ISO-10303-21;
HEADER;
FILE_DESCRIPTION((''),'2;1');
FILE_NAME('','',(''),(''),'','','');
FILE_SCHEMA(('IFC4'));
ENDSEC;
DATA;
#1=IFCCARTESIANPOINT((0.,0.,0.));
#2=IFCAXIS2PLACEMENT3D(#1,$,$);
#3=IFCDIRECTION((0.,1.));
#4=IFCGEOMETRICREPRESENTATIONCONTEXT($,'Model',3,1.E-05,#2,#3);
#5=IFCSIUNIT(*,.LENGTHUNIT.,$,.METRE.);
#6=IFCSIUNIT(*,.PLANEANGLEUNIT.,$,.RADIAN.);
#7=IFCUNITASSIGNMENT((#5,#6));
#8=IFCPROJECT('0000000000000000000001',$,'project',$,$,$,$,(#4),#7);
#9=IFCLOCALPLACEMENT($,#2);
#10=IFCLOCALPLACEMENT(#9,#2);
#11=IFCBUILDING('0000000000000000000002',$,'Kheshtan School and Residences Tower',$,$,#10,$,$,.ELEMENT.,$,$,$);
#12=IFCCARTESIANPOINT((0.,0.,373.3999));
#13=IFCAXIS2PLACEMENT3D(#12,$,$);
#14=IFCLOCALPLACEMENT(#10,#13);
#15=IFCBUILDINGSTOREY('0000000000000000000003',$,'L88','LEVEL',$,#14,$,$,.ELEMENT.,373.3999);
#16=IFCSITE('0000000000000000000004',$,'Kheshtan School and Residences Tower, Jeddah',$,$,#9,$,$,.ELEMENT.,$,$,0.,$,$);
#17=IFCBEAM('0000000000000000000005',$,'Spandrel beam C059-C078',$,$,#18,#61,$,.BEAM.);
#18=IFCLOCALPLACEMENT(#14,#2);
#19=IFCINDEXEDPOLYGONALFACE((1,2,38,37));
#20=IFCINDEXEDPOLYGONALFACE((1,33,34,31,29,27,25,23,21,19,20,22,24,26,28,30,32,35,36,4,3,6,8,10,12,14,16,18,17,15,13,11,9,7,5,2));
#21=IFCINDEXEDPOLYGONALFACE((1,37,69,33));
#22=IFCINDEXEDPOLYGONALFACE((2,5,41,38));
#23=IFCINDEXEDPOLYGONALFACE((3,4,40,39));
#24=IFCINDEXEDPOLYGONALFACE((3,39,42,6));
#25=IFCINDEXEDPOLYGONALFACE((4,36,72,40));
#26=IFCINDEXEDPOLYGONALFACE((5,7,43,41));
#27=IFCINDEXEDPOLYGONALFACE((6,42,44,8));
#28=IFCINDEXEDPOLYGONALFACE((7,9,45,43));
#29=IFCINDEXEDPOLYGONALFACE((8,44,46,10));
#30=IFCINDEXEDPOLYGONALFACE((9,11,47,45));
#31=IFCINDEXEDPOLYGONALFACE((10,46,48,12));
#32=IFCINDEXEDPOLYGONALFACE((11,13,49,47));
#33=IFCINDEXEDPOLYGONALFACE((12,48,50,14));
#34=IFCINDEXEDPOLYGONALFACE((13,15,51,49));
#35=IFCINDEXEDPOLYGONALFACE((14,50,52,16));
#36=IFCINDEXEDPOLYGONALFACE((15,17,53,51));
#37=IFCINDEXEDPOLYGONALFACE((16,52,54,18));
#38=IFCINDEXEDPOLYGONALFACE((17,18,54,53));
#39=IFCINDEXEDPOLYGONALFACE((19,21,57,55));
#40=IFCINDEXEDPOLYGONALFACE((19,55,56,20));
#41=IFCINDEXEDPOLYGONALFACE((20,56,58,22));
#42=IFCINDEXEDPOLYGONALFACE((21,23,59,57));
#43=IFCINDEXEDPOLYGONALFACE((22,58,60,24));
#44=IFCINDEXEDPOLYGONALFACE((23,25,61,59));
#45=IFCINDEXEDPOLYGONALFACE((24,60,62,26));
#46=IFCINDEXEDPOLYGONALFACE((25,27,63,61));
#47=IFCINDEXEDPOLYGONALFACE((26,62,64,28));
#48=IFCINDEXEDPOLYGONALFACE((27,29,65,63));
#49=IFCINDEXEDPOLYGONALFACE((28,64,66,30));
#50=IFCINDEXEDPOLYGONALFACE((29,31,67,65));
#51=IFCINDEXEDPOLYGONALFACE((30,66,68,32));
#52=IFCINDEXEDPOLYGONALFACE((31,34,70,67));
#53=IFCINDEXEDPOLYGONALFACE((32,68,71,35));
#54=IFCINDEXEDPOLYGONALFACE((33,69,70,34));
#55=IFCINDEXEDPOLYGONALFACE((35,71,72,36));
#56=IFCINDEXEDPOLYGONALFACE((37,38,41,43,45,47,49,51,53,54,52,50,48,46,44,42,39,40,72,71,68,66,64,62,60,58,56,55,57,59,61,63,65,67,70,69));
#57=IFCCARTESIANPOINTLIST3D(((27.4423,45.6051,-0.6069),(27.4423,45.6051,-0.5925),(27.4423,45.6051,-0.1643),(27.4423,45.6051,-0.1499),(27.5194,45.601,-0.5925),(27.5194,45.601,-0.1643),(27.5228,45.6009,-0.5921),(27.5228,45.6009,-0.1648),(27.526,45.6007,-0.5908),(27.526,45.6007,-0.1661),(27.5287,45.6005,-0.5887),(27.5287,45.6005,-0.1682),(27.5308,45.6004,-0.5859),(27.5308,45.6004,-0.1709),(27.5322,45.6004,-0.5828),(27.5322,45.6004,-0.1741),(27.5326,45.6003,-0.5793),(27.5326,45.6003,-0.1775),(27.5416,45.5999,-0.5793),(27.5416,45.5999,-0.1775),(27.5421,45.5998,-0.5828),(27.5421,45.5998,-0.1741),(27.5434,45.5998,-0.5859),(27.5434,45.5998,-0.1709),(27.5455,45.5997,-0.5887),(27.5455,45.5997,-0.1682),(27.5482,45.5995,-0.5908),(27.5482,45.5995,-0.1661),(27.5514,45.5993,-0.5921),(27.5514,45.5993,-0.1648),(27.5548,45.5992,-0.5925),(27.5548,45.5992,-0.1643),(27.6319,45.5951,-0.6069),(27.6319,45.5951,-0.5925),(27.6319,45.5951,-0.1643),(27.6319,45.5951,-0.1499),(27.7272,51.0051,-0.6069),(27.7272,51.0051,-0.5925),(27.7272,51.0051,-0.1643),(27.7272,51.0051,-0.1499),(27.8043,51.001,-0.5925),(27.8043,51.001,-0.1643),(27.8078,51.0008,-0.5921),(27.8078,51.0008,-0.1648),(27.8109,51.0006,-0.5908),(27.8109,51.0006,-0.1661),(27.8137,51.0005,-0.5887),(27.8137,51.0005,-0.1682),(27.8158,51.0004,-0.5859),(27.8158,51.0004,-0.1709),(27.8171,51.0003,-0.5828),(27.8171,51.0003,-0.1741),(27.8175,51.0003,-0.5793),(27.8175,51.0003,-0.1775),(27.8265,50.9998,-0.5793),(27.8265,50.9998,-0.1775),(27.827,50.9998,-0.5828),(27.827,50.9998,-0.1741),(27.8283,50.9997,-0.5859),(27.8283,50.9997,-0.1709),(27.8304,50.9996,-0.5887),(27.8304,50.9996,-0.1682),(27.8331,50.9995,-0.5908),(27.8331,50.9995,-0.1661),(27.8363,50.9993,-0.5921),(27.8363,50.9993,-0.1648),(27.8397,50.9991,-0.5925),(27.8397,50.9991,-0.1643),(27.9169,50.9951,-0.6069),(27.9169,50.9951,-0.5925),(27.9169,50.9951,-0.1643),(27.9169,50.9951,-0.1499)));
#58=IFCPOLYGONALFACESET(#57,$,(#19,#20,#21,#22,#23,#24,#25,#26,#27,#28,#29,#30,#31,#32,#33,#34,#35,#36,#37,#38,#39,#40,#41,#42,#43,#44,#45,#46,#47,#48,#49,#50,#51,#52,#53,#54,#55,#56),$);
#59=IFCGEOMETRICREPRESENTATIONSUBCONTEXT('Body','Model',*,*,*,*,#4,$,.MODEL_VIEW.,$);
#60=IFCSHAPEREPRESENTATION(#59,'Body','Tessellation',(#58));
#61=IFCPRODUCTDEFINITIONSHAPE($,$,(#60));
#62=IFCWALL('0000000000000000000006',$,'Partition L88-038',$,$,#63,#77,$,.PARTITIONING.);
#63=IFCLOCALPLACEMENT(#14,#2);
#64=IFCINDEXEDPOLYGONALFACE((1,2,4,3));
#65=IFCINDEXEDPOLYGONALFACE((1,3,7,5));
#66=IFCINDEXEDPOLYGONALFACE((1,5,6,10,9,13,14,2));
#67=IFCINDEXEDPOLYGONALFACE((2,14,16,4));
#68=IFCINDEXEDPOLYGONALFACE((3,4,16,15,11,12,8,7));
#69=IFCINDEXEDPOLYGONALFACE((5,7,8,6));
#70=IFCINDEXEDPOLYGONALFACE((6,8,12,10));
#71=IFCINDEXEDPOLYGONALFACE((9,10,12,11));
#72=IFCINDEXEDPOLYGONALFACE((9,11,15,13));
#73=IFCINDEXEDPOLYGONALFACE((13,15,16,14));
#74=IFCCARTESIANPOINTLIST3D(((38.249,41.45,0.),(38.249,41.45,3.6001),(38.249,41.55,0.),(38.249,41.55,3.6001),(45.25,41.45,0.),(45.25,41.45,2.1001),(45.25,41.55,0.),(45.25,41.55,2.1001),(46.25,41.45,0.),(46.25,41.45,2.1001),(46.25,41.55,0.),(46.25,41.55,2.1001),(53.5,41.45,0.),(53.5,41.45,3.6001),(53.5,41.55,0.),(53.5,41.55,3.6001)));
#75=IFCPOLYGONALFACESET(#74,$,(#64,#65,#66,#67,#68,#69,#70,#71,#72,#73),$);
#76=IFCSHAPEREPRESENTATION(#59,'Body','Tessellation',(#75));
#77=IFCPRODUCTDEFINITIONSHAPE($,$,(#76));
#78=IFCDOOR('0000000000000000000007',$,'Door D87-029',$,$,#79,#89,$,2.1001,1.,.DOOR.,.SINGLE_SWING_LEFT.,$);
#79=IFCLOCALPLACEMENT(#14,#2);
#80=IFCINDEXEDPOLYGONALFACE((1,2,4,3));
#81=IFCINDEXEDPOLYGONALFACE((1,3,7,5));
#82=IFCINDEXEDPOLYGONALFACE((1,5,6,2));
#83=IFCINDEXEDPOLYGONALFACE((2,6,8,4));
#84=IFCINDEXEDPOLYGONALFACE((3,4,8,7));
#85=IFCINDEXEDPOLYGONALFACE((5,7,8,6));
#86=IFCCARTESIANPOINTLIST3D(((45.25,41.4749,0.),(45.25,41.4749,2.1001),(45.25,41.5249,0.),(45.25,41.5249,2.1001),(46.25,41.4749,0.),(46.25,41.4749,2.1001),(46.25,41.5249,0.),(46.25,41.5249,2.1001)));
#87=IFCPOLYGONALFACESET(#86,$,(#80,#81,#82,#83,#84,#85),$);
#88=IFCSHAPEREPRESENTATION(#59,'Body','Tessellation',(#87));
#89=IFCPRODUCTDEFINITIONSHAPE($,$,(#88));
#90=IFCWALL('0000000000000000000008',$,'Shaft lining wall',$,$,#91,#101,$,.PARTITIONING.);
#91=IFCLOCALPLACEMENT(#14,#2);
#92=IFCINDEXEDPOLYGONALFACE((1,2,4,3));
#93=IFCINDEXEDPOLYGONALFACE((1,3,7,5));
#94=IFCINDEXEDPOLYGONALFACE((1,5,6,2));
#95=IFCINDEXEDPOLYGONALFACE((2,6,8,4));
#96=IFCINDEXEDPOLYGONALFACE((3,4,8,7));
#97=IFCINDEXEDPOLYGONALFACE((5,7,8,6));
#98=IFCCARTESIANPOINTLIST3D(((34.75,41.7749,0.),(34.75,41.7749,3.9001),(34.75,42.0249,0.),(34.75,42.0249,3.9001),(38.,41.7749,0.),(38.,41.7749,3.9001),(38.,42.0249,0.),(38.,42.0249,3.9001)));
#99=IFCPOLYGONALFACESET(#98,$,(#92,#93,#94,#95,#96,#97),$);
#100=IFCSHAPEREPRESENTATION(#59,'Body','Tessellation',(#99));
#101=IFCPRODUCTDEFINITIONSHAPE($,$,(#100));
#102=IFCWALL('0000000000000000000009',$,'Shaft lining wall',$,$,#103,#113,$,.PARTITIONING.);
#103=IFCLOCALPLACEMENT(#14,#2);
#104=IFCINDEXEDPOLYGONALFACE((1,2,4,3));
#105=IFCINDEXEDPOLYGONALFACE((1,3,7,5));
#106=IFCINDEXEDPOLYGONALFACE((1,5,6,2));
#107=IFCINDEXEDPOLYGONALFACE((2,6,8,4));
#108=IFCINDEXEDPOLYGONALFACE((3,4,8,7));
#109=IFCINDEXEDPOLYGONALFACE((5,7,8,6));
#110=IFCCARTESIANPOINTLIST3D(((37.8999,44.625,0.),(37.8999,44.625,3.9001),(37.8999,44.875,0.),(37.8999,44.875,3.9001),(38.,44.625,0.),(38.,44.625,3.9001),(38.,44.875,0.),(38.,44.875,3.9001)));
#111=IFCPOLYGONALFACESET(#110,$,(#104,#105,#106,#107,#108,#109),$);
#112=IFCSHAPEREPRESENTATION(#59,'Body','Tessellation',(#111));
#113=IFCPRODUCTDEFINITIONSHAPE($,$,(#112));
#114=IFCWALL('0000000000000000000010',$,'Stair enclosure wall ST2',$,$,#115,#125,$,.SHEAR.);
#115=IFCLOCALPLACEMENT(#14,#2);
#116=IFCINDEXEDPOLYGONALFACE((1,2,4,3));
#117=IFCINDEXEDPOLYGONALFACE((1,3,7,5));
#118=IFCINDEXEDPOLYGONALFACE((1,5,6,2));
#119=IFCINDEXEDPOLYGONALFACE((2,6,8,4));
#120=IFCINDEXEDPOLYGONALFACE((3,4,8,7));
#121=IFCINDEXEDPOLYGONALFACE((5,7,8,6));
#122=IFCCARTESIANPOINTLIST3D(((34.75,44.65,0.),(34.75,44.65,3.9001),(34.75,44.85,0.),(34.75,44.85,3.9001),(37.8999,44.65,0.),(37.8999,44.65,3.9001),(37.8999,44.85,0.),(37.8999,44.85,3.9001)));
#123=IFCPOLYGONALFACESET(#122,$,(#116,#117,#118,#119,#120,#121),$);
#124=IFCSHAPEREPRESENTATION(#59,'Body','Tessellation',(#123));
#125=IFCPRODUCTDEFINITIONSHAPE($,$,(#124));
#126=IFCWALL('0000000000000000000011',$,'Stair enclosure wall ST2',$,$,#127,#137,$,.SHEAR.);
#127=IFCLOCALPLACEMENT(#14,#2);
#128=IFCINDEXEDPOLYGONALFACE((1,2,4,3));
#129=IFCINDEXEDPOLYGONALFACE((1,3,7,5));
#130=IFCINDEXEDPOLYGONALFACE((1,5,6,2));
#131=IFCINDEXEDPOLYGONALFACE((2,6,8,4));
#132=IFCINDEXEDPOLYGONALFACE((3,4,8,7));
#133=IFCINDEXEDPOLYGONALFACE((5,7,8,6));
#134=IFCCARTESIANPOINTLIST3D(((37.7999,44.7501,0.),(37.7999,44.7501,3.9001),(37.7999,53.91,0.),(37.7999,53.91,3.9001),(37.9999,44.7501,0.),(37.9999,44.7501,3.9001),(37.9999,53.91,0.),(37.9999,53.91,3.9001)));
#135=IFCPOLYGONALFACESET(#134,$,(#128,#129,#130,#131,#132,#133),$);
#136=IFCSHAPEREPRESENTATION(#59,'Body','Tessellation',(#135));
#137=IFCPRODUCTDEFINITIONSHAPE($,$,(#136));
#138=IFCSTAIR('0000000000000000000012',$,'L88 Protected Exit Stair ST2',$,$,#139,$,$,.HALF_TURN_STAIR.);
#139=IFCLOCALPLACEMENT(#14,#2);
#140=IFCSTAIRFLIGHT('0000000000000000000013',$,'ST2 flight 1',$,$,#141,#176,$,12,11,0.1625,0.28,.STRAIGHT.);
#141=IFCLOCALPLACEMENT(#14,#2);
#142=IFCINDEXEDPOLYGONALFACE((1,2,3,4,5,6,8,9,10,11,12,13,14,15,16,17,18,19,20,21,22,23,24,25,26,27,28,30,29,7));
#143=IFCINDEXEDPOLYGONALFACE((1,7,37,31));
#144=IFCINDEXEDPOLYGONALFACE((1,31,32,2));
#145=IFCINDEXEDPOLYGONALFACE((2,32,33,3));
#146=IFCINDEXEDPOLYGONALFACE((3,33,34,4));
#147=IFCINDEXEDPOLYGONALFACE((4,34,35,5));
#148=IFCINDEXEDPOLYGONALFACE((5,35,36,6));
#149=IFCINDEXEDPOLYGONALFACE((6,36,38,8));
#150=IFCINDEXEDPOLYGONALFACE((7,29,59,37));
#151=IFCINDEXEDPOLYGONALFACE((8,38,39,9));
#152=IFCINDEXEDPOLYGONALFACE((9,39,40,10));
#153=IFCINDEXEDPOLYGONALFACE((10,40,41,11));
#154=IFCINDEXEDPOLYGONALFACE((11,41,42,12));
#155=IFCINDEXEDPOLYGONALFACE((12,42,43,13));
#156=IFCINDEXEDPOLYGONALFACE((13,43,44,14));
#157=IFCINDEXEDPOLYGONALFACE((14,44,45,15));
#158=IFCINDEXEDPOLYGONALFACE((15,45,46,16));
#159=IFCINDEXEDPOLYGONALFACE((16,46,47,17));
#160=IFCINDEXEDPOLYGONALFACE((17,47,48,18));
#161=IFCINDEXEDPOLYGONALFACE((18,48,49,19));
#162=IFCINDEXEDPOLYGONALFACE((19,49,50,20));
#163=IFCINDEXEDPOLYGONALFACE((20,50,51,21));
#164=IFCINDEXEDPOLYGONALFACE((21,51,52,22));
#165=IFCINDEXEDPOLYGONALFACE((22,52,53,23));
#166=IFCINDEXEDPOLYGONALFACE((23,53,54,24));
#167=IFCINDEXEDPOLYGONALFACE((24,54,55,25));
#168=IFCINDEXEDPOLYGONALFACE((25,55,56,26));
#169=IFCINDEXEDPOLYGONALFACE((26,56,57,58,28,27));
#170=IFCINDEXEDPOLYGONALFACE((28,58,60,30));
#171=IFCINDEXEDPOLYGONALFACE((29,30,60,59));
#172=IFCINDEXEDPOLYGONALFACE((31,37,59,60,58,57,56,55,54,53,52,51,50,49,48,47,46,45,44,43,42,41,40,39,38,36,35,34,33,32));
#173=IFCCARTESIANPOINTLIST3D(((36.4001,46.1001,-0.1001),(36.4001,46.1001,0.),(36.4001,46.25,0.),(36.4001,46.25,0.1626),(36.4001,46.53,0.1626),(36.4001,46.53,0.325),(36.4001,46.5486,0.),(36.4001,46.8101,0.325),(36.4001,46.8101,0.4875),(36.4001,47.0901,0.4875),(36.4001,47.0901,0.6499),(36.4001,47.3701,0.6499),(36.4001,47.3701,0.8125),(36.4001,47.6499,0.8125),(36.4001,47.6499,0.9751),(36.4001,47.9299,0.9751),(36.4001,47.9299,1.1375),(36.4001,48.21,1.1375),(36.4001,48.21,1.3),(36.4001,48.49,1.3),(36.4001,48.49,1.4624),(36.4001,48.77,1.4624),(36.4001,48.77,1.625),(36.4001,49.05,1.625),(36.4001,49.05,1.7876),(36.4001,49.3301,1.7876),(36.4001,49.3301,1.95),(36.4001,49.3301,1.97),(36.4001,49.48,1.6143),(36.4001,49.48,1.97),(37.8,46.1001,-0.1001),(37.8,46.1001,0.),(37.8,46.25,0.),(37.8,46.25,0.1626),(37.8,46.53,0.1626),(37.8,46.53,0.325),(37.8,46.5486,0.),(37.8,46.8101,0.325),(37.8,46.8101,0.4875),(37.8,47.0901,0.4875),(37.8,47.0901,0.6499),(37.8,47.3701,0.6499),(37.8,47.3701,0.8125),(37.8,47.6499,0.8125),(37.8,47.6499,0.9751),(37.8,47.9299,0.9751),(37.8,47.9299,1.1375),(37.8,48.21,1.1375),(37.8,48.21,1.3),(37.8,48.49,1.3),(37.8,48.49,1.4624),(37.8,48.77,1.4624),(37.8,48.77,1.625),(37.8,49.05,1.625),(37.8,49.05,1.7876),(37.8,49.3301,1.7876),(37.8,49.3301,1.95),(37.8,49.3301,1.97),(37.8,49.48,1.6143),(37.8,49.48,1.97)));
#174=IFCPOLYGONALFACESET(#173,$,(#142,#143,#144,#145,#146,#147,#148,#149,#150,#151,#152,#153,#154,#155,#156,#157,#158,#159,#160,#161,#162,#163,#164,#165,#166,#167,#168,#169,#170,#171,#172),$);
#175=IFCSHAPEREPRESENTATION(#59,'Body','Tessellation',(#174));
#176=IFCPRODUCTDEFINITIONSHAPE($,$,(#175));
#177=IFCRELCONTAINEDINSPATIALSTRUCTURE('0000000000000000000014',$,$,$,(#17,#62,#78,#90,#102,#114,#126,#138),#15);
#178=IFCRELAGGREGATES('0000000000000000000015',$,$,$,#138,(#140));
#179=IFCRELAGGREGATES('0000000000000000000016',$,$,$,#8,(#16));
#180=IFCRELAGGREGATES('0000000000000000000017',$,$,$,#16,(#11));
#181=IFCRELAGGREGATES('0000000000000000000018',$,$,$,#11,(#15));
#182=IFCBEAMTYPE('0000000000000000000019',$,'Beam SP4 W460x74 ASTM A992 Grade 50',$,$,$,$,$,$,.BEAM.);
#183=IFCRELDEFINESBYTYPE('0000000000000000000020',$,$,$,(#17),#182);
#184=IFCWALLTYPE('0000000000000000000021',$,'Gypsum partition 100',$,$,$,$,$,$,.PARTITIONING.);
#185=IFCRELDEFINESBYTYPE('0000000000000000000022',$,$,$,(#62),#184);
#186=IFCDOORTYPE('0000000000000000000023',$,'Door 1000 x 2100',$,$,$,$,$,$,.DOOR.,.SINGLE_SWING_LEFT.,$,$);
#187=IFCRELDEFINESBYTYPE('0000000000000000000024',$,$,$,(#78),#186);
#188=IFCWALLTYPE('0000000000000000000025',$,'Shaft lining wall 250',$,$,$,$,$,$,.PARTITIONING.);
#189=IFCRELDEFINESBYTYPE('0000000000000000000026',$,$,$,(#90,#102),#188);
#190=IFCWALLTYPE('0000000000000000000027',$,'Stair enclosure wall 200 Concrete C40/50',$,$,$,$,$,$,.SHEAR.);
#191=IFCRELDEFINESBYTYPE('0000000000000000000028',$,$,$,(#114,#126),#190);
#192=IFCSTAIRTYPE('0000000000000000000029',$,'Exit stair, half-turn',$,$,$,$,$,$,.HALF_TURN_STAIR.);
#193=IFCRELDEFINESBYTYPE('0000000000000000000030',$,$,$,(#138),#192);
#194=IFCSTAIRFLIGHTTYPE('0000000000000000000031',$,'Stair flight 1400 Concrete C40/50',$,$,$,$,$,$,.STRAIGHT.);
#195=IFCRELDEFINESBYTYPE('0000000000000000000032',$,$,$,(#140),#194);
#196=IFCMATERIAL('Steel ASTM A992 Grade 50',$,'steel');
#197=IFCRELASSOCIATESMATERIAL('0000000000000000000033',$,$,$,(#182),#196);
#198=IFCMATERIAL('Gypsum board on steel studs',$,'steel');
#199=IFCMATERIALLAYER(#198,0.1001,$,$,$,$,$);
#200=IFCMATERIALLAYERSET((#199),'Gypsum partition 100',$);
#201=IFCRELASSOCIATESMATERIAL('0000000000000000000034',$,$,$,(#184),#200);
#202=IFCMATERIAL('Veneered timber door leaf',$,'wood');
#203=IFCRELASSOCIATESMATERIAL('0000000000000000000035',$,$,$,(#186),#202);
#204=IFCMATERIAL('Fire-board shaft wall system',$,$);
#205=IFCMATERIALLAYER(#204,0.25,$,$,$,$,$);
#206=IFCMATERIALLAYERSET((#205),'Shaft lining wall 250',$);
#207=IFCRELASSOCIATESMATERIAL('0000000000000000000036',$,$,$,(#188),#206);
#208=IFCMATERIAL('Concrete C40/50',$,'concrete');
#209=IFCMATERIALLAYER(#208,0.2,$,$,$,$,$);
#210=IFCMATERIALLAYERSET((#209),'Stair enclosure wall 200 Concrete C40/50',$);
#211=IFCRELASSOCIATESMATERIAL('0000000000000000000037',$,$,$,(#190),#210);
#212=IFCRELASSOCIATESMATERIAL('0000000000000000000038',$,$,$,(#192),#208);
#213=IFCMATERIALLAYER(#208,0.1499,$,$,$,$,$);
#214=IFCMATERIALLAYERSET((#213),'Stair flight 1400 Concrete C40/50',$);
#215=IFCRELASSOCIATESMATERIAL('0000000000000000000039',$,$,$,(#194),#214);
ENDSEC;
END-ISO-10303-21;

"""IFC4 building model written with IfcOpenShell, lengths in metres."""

from ifc_helpers import new_model, si_unit, direction, frame, frame_2d, origin, origin_2d, place, context, subcontext, project, spatial, polyline, rectangle, i_section, outline, extrude, source, transform, mapped, material, layer, layer_set, material_profile, profile_set, type_object, element, fill, aggregate, save


model = new_model("IFC4")

# Units and contexts
model_context = context("Model", 3, precision=1e-05, world=origin(), true_north=direction((0.0, 1.0)))
body_context = subcontext(model_context, "Body", "Model", "MODEL_VIEW")
ifc_project = project(units=[si_unit("LENGTHUNIT", "METRE"), si_unit("PLANEANGLEUNIT", "RADIAN")], contexts=[model_context])

# Site, building, storey
site_placement = place(None, origin())
site = spatial("IfcSite", under=ifc_project, at=site_placement, Name="Kheshtan School and Residences Tower, Jeddah", CompositionType="ELEMENT", RefElevation=0.0)
building_placement = place(site_placement, origin())
building = spatial("IfcBuilding", under=site, at=building_placement, Name="Kheshtan School and Residences Tower", CompositionType="ELEMENT")
storey_placement = place(building_placement, frame((0.0, 0.0, 373.3999)))
storey = spatial("IfcBuildingStorey", under=building, at=storey_placement, Name="L88", Description="LEVEL", CompositionType="ELEMENT", Elevation=373.3999)

# Shared definitions
ifc_material_1 = material(Name="Steel ASTM A992 Grade 50", Category="steel")

# Beam
ifc_material_profile_1 = material_profile(ifc_material_1, i_section(OverallWidth=0.1899, OverallDepth=0.457, WebThickness=0.009, FlangeThickness=0.0144, FilletRadius=0.0132, at=origin_2d()), Name="W460x74")
ifc_profile_set_1 = profile_set([ifc_material_profile_1], Name="Steel ASTM A992 Grade 50")
beam_type_1 = type_object("IfcBeamType", Name="Beam SP4 W460x74 ASTM A992 Grade 50", PredefinedType="BEAM", material=ifc_profile_set_1)
beam_1_placement = place(storey_placement, frame((27.5371, 45.6001, -0.3784), z_axis=(0.052689, 0.998611, 0.0), x_axis=(-0.998611, 0.052689, 0.0)))
element("IfcBeam", 1, at=beam_1_placement, inside=storey, type_object=beam_type_1, Name="Spandrel beam C059-C078", PredefinedType="BEAM", context=body_context, shape_type="SweptSolid", body=[
    extrude(i_section(OverallWidth=0.1899, OverallDepth=0.457, WebThickness=0.009, FlangeThickness=0.0144, FilletRadius=0.0132, at=origin_2d()), origin(), (0.0, 0.0, 1.0), 5.4075),
])

# Wall, opening, door
ifc_material_2 = material(Name="Gypsum board on steel studs", Category="steel")
ifc_layer_1 = layer(ifc_material_2, 0.1001)
ifc_layer_set_1 = layer_set([ifc_layer_1], Name="Gypsum partition 100")
wall_type_1 = type_object("IfcWallType", Name="Gypsum partition 100", PredefinedType="PARTITIONING", material=ifc_layer_set_1)
wall_1_placement = place(storey_placement, frame((38.249, 41.5, 0.0), z_axis=(0.0, 0.0, 1.0), x_axis=(1.0, 0.0, 0.0)))
wall_1 = element("IfcWall", 2, at=wall_1_placement, inside=storey, type_object=wall_type_1, Name="Partition L88-038", PredefinedType="PARTITIONING", context=body_context, shape_type="SweptSolid", body=[
    extrude(rectangle(XDim=15.251, YDim=0.1001, at=frame_2d((7.6255, 0.0))), origin(), (0.0, 0.0, 1.0), 3.6001),
])
opening_placement = place(wall_1_placement, frame((7.001, 0.0, 0.0)))
opening = element("IfcOpeningElement", 3, at=opening_placement, cuts=wall_1, PredefinedType="OPENING", context=body_context, shape_type="SweptSolid", body=[
    extrude(rectangle(XDim=1.0, YDim=2.1001, at=frame_2d((0.5, 1.05))), frame((0.0, 0.0601, 0.0), z_axis=(0.0, -1.0, 0.0), x_axis=(1.0, 0.0, 0.0)), (0.0, 0.0, 1.0), 0.1201),
])
ifc_material_3 = material(Name="Veneered timber door leaf", Category="wood")
door_type = type_object("IfcDoorType", Name="Door 1000 x 2100", OperationType="SINGLE_SWING_LEFT", PredefinedType="DOOR", material=ifc_material_3)
shared_shape = source(origin(), body_context, "Body", "SweptSolid", [
    extrude(rectangle(XDim=1.0, YDim=2.1001, at=frame_2d((0.5, 1.05))), frame((0.0, 0.0249, 0.0), z_axis=(0.0, -1.0, 0.0), x_axis=(1.0, 0.0, 0.0)), (0.0, 0.0, 1.0), 0.05),
])
door_placement = place(opening_placement, origin())
door = element("IfcDoor", 4, at=door_placement, inside=storey, type_object=door_type, Name="Door D87-029", OperationType="SINGLE_SWING_LEFT", OverallHeight=2.1001, OverallWidth=1.0, PredefinedType="DOOR", context=body_context, shape_type="MappedRepresentation", body=[
    mapped(shared_shape, transform((0.0, 0.0, 0.0), x_axis=(1.0, 0.0, 0.0), y_axis=(0.0, 1.0, 0.0), z_axis=(0.0, 0.0, 1.0), scale=1.0)),
])
fill(opening, door)

# Walls
ifc_material_4 = material(Name="Fire-board shaft wall system")
ifc_layer_2 = layer(ifc_material_4, 0.25)
ifc_layer_set_2 = layer_set([ifc_layer_2], Name="Shaft lining wall 250")
wall_type_2 = type_object("IfcWallType", Name="Shaft lining wall 250", PredefinedType="PARTITIONING", material=ifc_layer_set_2)
wall_2_placement = place(storey_placement, frame((34.75, 41.8999, 0.0), z_axis=(0.0, 0.0, 1.0), x_axis=(1.0, 0.0, 0.0)))
element("IfcWall", 5, at=wall_2_placement, inside=storey, type_object=wall_type_2, Name="Shaft lining wall", PredefinedType="PARTITIONING", context=body_context, shape_type="SweptSolid", body=[
    extrude(rectangle(XDim=3.25, YDim=0.25, at=frame_2d((1.625, 0.0))), origin(), (0.0, 0.0, 1.0), 3.9001),
])
wall_3_placement = place(storey_placement, frame((37.8999, 44.75, 0.0), z_axis=(0.0, 0.0, 1.0), x_axis=(1.0, 0.0, 0.0)))
element("IfcWall", 6, at=wall_3_placement, inside=storey, type_object=wall_type_2, Name="Shaft lining wall", PredefinedType="PARTITIONING", context=body_context, shape_type="SweptSolid", body=[
    extrude(rectangle(XDim=0.1001, YDim=0.25, at=frame_2d((0.05, 0.0))), origin(), (0.0, 0.0, 1.0), 3.9001),
])
ifc_material_5 = material(Name="Concrete C40/50", Category="concrete")
ifc_layer_3 = layer(ifc_material_5, 0.2)
ifc_layer_set_3 = layer_set([ifc_layer_3], Name="Stair enclosure wall 200 Concrete C40/50")
wall_type_3 = type_object("IfcWallType", Name="Stair enclosure wall 200 Concrete C40/50", PredefinedType="SHEAR", material=ifc_layer_set_3)
wall_4_placement = place(storey_placement, frame((34.75, 44.75, 0.0), z_axis=(0.0, 0.0, 1.0), x_axis=(1.0, 0.0, 0.0)))
element("IfcWall", 7, at=wall_4_placement, inside=storey, type_object=wall_type_3, Name="Stair enclosure wall ST2", PredefinedType="SHEAR", context=body_context, shape_type="SweptSolid", body=[
    extrude(rectangle(XDim=3.1499, YDim=0.2, at=frame_2d((1.575, 0.0))), origin(), (0.0, 0.0, 1.0), 3.9001),
])
wall_5_placement = place(storey_placement, frame((37.8999, 44.75, 0.0), z_axis=(0.0, 0.0, 1.0), x_axis=(0.0, 1.0, 0.0)))
element("IfcWall", 8, at=wall_5_placement, inside=storey, type_object=wall_type_3, Name="Stair enclosure wall ST2", PredefinedType="SHEAR", context=body_context, shape_type="SweptSolid", body=[
    extrude(rectangle(XDim=9.1599, YDim=0.2, at=frame_2d((4.5801, 0.0))), origin(), (0.0, 0.0, 1.0), 3.9001),
])

# Stair, stair flight
stair_type = type_object("IfcStairType", Name="Exit stair, half-turn", PredefinedType="HALF_TURN_STAIR", material=ifc_material_5)
stair_placement = place(storey_placement, origin())
stair = element("IfcStair", 9, at=stair_placement, inside=storey, type_object=stair_type, Name="L88 Protected Exit Stair ST2", PredefinedType="HALF_TURN_STAIR")
ifc_layer_4 = layer(ifc_material_5, 0.1499)
ifc_layer_set_4 = layer_set([ifc_layer_4], Name="Stair flight 1400 Concrete C40/50")
stair_flight_type = type_object("IfcStairFlightType", Name="Stair flight 1400 Concrete C40/50", PredefinedType="STRAIGHT", material=ifc_layer_set_4)
stair_flight_placement = place(storey_placement, frame((37.1001, 46.25, 0.0), z_axis=(0.0, 0.0, 1.0), x_axis=(0.0, 1.0, 0.0)))
stair_flight = element("IfcStairFlight", 10, at=stair_flight_placement, type_object=stair_flight_type, Name="ST2 flight 1", NumberOfRisers=12, NumberOfTreads=11, PredefinedType="STRAIGHT", RiserHeight=0.1625, TreadLength=0.28, context=body_context, shape_type="SweptSolid", body=[
    extrude(outline(polyline([(-0.1499, -0.1001), (-0.1499, 0.0), (0.0, 0.0), (0.0, 0.1626), (0.28, 0.1626), (0.28, 0.325), (0.5601, 0.325), (0.5601, 0.4875), (0.8401, 0.4875), (0.8401, 0.6499), (1.1201, 0.6499), (1.1201, 0.8125), (1.3999, 0.8125), (1.3999, 0.9751), (1.6799, 0.9751), (1.6799, 1.1375), (1.96, 1.1375), (1.96, 1.3), (2.24, 1.3), (2.24, 1.4624), (2.52, 1.4624), (2.52, 1.625), (2.8, 1.625), (2.8, 1.7876), (3.0801, 1.7876), (3.0801, 1.95), (3.0801, 1.97), (3.23, 1.97), (3.23, 1.6143), (0.2986, 0.0), (-0.1499, -0.1001)])), frame((0.0, 0.7, 0.0), z_axis=(0.0, -1.0, 0.0), x_axis=(1.0, 0.0, 0.0)), (0.0, 0.0, 1.0), 1.3999),
])
aggregate(stair, [stair_flight])

save(model, "model.ifc")
